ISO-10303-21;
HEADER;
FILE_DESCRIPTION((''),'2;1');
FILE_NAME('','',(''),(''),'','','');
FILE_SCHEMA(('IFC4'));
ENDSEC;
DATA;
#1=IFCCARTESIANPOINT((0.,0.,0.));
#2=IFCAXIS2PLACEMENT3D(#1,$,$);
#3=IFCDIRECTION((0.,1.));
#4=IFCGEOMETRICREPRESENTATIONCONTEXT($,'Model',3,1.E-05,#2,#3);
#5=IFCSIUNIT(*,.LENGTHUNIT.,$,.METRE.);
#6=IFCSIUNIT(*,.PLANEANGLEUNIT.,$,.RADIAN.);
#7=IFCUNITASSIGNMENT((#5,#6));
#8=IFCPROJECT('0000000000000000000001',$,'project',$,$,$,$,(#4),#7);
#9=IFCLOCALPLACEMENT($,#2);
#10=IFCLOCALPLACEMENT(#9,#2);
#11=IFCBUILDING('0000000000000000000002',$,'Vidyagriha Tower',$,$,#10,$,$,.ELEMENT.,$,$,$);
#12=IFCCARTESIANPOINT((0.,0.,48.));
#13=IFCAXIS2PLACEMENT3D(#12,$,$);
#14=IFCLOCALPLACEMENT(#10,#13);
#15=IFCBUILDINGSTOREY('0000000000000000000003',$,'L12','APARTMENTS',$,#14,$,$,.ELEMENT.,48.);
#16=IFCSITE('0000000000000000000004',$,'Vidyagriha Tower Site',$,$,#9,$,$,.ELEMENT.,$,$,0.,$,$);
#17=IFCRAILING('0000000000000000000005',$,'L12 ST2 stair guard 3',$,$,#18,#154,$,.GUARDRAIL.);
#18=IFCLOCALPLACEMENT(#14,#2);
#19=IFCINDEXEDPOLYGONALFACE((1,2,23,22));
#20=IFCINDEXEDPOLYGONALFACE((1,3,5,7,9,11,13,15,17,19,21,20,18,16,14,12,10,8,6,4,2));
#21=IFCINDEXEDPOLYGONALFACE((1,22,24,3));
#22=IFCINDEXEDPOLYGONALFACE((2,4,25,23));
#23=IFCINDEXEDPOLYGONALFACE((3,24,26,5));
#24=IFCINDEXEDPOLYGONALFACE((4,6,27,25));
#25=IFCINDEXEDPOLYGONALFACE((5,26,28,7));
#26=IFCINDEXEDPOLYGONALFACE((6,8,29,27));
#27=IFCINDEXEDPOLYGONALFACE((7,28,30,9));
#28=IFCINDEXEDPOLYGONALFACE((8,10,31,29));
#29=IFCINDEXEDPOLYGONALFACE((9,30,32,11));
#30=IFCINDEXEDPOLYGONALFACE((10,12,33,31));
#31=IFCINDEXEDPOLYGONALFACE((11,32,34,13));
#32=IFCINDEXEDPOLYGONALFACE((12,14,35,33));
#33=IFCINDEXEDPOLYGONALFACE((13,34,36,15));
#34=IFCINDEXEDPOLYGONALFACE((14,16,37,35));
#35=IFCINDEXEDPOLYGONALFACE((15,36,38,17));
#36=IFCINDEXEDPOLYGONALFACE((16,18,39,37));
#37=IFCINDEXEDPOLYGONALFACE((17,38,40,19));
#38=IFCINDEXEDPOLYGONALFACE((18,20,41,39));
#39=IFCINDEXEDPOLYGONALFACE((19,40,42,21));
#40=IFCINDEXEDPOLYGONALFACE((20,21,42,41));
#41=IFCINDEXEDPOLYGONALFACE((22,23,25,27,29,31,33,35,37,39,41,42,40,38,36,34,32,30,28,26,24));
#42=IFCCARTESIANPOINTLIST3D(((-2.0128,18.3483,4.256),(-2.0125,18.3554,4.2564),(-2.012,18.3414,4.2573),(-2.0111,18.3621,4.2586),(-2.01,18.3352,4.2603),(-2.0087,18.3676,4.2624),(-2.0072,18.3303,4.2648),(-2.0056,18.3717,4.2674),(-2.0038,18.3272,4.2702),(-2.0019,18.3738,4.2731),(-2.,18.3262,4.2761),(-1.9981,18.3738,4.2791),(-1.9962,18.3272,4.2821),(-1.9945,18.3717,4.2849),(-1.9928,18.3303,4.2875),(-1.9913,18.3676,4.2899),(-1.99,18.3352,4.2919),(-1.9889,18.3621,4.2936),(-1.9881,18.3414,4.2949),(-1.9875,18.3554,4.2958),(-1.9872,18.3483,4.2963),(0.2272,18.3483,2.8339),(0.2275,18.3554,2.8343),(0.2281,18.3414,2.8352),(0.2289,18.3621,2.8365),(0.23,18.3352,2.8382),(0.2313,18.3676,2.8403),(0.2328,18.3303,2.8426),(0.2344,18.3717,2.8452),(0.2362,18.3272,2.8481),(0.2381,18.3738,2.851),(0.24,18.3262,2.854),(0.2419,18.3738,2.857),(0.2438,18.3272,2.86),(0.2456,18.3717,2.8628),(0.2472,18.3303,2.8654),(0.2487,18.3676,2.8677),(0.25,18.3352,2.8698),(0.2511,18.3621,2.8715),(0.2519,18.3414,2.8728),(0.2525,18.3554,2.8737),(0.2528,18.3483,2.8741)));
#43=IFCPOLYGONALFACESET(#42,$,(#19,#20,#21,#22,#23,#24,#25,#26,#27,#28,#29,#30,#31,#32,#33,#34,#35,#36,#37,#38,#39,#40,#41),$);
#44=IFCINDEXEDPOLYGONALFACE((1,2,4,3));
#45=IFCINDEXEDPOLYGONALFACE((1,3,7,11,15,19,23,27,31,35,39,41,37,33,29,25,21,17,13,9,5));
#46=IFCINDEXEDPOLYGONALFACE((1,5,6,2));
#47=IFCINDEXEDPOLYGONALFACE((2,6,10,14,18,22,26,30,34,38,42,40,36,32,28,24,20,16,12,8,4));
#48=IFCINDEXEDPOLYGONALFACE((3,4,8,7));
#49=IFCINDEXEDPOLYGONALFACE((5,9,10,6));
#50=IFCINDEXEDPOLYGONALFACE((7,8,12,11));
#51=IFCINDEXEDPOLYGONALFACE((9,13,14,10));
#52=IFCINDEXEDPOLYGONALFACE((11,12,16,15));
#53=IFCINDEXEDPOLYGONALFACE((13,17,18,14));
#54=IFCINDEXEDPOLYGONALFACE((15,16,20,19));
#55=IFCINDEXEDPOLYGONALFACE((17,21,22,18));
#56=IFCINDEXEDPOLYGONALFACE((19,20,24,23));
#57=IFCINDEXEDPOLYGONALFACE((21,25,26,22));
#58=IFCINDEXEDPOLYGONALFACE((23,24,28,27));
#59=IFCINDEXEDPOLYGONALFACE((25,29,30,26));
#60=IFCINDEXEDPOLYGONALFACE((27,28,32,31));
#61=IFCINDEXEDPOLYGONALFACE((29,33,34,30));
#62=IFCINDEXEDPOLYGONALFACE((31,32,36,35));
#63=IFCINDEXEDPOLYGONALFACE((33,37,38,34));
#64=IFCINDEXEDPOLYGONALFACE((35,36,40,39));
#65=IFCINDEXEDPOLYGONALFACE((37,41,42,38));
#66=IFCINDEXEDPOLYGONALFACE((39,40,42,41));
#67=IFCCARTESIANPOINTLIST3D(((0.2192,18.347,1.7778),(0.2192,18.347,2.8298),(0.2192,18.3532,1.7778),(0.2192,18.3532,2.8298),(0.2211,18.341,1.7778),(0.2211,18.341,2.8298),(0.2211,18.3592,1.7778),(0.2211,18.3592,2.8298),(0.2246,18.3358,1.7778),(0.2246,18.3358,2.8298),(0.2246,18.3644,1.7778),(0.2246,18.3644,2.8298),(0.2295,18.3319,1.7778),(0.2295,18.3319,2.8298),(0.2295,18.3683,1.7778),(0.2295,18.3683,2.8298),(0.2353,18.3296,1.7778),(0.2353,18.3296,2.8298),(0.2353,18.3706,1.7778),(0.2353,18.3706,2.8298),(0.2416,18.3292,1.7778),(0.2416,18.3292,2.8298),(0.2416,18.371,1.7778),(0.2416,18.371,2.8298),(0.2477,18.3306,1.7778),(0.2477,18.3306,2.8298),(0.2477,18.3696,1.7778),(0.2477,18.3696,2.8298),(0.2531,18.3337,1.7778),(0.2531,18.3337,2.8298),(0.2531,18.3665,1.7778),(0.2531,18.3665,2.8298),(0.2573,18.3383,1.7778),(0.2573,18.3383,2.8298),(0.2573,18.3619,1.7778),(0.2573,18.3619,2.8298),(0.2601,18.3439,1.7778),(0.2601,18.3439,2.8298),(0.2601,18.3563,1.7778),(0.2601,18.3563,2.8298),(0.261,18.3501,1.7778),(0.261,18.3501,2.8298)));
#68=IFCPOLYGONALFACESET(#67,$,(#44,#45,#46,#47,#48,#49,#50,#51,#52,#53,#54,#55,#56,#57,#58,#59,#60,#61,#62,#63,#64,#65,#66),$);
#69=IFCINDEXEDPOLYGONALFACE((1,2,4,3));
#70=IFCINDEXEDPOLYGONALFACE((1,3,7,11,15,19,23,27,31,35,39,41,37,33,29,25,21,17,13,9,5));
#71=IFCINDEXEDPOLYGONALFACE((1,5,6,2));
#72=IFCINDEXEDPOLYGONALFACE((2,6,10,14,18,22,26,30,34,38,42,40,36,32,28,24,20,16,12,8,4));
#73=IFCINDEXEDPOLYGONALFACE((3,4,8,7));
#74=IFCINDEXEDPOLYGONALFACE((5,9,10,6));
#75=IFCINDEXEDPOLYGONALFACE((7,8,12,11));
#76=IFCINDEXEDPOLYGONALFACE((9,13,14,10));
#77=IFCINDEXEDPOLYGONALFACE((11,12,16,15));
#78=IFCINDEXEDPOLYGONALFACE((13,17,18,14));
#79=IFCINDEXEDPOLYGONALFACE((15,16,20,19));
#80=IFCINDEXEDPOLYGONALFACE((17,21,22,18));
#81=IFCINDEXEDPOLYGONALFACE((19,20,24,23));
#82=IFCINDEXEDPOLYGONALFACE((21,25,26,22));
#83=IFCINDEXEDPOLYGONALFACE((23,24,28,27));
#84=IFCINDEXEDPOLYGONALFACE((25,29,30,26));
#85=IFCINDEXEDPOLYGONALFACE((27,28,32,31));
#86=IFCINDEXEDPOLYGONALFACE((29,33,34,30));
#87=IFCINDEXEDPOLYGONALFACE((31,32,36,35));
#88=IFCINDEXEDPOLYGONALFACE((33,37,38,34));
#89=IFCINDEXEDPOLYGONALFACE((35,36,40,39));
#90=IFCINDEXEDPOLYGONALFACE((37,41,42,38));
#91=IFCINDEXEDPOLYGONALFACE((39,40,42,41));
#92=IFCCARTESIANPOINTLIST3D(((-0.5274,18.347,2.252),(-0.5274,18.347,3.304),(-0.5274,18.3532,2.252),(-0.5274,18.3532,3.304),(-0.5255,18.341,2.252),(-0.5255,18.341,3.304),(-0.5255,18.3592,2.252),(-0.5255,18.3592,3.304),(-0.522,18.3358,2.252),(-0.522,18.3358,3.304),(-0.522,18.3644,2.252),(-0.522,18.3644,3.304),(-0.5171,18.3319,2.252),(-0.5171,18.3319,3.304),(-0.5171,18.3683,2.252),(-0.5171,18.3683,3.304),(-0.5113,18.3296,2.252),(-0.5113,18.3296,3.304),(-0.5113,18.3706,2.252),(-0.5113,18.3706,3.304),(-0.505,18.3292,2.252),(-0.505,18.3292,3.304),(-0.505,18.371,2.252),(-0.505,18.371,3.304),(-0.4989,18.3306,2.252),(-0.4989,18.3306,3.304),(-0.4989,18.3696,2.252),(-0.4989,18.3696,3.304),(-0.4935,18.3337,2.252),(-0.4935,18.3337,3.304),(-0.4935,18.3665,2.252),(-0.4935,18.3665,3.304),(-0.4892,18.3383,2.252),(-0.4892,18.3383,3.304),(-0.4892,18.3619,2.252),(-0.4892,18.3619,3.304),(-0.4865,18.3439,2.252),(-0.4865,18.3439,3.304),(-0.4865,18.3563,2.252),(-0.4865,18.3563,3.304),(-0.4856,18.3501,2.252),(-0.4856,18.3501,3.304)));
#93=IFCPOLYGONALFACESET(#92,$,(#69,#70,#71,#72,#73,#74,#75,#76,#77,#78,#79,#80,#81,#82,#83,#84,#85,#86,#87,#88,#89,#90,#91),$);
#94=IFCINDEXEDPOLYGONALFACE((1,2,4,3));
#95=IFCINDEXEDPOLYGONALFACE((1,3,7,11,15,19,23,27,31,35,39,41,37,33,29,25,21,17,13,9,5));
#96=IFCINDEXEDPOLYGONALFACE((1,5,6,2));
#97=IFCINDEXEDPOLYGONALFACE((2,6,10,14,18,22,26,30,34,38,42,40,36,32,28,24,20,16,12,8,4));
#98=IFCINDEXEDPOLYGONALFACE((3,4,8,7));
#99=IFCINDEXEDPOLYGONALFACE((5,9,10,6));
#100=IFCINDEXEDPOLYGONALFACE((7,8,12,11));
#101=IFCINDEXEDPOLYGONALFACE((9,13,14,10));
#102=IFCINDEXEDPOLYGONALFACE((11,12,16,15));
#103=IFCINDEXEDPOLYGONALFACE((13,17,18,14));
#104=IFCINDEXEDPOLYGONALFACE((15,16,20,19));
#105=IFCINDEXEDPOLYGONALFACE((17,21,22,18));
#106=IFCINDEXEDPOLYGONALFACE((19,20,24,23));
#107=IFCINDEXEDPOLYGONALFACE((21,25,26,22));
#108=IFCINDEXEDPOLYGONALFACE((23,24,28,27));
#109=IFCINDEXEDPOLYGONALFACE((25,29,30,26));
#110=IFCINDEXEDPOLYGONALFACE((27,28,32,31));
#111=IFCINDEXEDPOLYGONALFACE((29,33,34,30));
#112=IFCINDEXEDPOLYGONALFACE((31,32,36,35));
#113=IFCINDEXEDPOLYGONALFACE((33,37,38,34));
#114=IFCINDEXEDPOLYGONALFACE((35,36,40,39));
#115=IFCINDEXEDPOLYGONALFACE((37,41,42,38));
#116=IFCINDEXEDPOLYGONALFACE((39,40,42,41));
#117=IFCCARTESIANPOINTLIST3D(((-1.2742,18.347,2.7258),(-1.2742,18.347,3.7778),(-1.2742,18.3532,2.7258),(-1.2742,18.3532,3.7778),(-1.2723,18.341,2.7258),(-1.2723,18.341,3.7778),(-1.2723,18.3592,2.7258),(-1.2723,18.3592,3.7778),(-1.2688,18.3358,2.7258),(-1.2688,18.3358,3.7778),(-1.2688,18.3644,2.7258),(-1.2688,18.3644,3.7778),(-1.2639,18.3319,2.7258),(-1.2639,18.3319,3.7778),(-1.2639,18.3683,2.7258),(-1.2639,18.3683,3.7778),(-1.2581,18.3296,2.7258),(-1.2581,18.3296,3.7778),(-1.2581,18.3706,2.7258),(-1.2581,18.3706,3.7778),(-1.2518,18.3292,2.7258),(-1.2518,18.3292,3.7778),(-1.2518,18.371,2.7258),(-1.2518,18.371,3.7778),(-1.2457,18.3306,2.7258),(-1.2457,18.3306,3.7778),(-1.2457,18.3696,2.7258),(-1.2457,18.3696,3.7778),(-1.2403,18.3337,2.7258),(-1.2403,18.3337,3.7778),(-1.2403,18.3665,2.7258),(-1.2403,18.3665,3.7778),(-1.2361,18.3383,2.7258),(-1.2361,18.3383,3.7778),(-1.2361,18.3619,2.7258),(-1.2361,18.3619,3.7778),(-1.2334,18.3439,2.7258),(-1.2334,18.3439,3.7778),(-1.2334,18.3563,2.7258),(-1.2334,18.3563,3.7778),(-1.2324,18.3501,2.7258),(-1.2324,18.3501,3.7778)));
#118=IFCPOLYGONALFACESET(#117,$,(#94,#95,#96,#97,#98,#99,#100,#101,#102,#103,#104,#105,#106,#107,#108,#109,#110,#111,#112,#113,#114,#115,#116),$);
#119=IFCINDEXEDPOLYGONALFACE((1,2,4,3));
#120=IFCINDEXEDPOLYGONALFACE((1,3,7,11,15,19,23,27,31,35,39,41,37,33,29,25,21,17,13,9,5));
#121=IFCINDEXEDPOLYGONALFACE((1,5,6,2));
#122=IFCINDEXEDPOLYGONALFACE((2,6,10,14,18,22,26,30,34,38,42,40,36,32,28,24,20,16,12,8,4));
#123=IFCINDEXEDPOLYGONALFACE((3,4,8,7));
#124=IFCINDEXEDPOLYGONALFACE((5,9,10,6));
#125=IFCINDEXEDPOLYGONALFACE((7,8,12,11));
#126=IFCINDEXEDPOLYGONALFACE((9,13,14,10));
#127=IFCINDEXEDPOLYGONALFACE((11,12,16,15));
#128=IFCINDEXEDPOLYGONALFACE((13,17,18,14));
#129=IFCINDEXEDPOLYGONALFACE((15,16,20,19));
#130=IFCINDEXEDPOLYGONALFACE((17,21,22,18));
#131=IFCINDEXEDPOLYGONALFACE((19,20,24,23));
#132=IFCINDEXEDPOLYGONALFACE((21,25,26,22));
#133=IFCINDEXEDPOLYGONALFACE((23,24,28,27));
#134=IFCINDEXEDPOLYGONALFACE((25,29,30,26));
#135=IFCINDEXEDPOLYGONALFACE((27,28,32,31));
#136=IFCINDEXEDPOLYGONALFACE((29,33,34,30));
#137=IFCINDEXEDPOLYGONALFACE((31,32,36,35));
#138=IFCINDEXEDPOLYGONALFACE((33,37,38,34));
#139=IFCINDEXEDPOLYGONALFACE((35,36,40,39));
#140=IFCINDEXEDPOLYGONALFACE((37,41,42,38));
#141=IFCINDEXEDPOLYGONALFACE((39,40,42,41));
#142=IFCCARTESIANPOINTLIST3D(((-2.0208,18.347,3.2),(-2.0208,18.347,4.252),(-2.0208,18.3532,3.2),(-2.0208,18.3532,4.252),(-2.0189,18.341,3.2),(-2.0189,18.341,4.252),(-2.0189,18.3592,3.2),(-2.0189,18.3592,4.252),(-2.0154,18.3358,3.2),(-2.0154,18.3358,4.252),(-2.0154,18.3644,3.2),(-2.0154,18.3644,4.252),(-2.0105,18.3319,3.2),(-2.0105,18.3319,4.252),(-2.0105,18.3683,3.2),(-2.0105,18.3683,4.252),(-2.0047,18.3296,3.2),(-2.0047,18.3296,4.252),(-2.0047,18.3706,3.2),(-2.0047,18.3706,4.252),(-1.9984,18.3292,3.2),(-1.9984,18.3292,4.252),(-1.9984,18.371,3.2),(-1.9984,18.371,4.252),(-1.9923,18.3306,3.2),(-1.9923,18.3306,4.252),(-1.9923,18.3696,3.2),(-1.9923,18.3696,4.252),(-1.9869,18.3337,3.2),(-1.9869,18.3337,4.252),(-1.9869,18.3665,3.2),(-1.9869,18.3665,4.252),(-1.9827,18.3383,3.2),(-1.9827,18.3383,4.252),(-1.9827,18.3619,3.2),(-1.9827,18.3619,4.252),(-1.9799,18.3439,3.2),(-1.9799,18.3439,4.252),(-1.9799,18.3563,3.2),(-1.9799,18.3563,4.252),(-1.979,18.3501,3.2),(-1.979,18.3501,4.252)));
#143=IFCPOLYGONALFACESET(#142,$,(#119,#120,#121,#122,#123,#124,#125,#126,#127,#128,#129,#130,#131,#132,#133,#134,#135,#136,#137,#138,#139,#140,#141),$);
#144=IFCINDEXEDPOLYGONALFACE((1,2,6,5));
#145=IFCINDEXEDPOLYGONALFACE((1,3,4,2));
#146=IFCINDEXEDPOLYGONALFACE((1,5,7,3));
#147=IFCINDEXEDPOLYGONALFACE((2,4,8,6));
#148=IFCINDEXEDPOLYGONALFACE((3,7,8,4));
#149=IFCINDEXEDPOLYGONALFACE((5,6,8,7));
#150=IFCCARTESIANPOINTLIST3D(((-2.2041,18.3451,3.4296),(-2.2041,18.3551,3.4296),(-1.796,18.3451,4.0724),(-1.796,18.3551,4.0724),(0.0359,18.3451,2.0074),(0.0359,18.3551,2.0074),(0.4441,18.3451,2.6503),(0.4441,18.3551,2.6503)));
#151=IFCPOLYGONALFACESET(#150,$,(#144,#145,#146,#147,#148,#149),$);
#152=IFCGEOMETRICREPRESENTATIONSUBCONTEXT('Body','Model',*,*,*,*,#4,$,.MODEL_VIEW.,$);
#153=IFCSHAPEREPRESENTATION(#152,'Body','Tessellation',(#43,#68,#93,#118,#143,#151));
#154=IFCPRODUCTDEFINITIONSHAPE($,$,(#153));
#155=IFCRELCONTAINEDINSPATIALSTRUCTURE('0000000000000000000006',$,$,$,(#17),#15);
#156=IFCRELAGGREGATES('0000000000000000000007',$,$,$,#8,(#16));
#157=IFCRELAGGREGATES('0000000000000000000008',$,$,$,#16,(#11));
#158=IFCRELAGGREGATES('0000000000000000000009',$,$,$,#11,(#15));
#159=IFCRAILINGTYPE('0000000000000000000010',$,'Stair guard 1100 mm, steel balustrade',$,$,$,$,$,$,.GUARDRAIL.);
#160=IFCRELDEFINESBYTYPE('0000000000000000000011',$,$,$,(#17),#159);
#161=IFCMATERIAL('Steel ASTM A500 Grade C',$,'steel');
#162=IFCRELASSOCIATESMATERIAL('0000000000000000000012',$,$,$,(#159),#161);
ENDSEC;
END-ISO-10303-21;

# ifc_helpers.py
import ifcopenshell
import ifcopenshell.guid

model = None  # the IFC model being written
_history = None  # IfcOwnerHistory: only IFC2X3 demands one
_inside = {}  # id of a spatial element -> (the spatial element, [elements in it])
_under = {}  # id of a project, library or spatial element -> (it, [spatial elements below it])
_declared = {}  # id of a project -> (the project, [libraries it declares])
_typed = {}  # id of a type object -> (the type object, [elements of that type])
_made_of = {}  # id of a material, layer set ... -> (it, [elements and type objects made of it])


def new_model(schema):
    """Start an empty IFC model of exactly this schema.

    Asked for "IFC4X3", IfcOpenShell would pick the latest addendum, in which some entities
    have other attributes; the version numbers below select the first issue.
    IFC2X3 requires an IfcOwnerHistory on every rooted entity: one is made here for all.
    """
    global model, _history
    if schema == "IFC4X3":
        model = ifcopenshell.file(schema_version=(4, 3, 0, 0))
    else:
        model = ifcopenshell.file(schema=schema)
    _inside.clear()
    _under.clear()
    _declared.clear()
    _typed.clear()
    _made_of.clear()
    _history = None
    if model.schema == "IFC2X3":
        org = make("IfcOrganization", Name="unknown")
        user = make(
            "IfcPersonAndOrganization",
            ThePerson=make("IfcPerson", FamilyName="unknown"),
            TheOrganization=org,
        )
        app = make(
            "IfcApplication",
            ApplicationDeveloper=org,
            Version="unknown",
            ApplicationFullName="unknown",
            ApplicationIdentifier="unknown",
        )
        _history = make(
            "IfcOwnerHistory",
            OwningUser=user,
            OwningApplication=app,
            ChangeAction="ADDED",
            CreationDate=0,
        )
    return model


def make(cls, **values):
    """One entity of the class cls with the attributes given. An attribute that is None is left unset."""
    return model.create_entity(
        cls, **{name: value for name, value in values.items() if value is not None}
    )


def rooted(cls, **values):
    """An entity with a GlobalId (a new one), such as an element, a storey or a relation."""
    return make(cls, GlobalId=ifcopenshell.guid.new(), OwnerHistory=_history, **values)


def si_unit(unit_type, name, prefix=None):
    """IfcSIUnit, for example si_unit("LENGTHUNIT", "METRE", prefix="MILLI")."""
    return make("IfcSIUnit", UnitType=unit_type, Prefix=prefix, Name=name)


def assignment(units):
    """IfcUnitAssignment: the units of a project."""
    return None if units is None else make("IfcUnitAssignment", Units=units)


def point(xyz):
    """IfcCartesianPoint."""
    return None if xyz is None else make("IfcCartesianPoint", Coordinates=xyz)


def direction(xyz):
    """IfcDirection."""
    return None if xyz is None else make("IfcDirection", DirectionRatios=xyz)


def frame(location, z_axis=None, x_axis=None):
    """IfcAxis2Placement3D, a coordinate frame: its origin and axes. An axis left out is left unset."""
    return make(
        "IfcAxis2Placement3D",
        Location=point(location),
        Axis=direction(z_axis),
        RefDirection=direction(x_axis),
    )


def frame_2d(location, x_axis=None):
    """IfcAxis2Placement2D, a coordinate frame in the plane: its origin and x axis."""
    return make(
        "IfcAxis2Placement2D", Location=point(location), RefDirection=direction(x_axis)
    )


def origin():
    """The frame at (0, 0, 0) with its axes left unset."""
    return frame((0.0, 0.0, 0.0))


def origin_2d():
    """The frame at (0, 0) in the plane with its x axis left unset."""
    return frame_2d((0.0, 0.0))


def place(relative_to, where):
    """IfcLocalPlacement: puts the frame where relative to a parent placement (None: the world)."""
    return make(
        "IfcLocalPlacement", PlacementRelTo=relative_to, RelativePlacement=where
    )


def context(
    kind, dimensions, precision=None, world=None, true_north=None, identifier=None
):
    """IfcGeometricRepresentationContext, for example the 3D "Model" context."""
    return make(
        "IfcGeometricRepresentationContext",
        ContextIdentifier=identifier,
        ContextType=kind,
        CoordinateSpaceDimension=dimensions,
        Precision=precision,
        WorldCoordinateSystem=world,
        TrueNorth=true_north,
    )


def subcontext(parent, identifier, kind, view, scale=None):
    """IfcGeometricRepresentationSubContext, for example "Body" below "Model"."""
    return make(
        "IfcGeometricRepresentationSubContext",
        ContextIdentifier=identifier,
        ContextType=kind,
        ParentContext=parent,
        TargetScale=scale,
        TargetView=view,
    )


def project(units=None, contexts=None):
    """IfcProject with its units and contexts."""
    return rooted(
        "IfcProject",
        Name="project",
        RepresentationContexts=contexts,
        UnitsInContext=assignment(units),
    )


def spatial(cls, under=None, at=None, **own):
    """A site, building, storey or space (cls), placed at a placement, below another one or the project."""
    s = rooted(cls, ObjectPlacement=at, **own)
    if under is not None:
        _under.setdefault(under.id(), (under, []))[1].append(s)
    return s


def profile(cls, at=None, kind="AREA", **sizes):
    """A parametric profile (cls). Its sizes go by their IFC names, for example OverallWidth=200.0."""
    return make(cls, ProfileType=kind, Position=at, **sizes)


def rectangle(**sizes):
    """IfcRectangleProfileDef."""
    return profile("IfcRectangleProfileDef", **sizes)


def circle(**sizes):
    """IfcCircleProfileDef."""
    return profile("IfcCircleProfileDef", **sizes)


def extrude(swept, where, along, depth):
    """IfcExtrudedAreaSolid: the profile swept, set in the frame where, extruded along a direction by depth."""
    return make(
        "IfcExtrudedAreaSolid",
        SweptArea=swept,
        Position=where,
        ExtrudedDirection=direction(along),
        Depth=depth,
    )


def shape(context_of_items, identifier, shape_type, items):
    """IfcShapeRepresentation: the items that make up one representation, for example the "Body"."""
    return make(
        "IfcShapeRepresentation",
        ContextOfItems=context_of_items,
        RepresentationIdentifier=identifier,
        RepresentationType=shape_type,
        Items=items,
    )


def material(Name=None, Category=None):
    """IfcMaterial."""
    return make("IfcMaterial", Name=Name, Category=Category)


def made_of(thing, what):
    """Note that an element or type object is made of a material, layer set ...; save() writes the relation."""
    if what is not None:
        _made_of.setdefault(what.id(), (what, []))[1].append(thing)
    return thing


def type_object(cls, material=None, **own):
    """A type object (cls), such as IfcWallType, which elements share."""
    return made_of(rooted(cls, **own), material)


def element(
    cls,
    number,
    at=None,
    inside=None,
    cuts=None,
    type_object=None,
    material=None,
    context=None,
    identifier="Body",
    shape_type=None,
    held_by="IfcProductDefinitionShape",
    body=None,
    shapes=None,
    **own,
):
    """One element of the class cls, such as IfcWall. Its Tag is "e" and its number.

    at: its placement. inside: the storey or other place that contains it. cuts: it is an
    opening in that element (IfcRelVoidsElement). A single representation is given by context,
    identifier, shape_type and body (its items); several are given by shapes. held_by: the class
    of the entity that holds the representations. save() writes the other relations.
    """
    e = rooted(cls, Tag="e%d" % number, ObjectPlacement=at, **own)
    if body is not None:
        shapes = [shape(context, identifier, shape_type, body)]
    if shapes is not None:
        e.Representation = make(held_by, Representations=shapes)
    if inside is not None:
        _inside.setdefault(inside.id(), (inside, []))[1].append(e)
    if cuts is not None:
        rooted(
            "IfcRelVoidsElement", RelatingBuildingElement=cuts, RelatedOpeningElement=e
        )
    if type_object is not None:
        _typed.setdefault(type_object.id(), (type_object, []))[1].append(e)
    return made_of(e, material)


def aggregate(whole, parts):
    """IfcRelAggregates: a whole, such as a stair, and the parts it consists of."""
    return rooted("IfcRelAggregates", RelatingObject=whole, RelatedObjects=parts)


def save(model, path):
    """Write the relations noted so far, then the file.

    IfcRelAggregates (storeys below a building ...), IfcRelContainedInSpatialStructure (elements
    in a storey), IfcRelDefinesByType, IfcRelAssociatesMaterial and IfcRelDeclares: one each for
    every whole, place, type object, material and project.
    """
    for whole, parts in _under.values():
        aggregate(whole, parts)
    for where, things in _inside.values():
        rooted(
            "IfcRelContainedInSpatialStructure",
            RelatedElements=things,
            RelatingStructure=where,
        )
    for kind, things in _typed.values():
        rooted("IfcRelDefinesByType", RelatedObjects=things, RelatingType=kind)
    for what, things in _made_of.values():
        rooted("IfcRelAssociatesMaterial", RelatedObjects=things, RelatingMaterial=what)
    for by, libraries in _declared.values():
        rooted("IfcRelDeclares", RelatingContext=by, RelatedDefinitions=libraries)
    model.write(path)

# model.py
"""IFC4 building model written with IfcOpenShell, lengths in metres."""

from ifc_helpers import new_model, si_unit, direction, frame, origin, origin_2d, place, context, subcontext, project, spatial, rectangle, circle, extrude, material, type_object, element, save


model = new_model("IFC4")

# Units and contexts
model_context = context("Model", 3, precision=1e-05, world=origin(), true_north=direction((0.0, 1.0)))
body_context = subcontext(model_context, "Body", "Model", "MODEL_VIEW")
ifc_project = project(units=[si_unit("LENGTHUNIT", "METRE"), si_unit("PLANEANGLEUNIT", "RADIAN")], contexts=[model_context])

# Site, building, storey
site_placement = place(None, origin())
site = spatial("IfcSite", under=ifc_project, at=site_placement, Name="Vidyagriha Tower Site", CompositionType="ELEMENT", RefElevation=0.0)
building_placement = place(site_placement, origin())
building = spatial("IfcBuilding", under=site, at=building_placement, Name="Vidyagriha Tower", CompositionType="ELEMENT")
storey_placement = place(building_placement, frame((0.0, 0.0, 48.0)))
storey = spatial("IfcBuildingStorey", under=building, at=storey_placement, Name="L12", Description="APARTMENTS", CompositionType="ELEMENT", Elevation=48.0)

# Railing
ifc_material_1 = material(Name="Steel ASTM A500 Grade C", Category="steel")
railing_type_1 = type_object("IfcRailingType", Name="Stair guard 1100 mm, steel balustrade", PredefinedType="GUARDRAIL", material=ifc_material_1)
railing_1_placement = place(storey_placement, frame((0.24, 18.3501, 1.7778)))
element("IfcRailing", 1, at=railing_1_placement, inside=storey, type_object=railing_type_1, Name="L12 ST2 stair guard 3", PredefinedType="GUARDRAIL", context=body_context, shape_type="SweptSolid", body=[
    extrude(circle(Radius=0.0239, at=origin_2d()), frame((0.0, 0.0, 1.0762), z_axis=(-0.844229, 0.0, 0.535982), x_axis=(0.0, -1.0, 0.0)), (0.0, 0.0, 1.0), 2.6533),
    extrude(circle(Radius=0.021, at=origin_2d()), origin(), (0.0, 0.0, 1.0), 1.052),
    extrude(circle(Radius=0.021, at=origin_2d()), frame((-0.7466, 0.0, 0.4741)), (0.0, 0.0, 1.0), 1.052),
    extrude(circle(Radius=0.021, at=origin_2d()), frame((-1.4934, 0.0, 0.948)), (0.0, 0.0, 1.0), 1.052),
    extrude(circle(Radius=0.021, at=origin_2d()), frame((-2.24, 0.0, 1.4221)), (0.0, 0.0, 1.0), 1.052),
    extrude(rectangle(XDim=0.01, YDim=0.7615, at=origin_2d()), frame((0.0, 0.0, 0.551), z_axis=(-0.844229, 0.0, 0.535982), x_axis=(0.0, -1.0, 0.0)), (0.0, 0.0, 1.0), 2.6533),
])

save(model, "model.ifc")
